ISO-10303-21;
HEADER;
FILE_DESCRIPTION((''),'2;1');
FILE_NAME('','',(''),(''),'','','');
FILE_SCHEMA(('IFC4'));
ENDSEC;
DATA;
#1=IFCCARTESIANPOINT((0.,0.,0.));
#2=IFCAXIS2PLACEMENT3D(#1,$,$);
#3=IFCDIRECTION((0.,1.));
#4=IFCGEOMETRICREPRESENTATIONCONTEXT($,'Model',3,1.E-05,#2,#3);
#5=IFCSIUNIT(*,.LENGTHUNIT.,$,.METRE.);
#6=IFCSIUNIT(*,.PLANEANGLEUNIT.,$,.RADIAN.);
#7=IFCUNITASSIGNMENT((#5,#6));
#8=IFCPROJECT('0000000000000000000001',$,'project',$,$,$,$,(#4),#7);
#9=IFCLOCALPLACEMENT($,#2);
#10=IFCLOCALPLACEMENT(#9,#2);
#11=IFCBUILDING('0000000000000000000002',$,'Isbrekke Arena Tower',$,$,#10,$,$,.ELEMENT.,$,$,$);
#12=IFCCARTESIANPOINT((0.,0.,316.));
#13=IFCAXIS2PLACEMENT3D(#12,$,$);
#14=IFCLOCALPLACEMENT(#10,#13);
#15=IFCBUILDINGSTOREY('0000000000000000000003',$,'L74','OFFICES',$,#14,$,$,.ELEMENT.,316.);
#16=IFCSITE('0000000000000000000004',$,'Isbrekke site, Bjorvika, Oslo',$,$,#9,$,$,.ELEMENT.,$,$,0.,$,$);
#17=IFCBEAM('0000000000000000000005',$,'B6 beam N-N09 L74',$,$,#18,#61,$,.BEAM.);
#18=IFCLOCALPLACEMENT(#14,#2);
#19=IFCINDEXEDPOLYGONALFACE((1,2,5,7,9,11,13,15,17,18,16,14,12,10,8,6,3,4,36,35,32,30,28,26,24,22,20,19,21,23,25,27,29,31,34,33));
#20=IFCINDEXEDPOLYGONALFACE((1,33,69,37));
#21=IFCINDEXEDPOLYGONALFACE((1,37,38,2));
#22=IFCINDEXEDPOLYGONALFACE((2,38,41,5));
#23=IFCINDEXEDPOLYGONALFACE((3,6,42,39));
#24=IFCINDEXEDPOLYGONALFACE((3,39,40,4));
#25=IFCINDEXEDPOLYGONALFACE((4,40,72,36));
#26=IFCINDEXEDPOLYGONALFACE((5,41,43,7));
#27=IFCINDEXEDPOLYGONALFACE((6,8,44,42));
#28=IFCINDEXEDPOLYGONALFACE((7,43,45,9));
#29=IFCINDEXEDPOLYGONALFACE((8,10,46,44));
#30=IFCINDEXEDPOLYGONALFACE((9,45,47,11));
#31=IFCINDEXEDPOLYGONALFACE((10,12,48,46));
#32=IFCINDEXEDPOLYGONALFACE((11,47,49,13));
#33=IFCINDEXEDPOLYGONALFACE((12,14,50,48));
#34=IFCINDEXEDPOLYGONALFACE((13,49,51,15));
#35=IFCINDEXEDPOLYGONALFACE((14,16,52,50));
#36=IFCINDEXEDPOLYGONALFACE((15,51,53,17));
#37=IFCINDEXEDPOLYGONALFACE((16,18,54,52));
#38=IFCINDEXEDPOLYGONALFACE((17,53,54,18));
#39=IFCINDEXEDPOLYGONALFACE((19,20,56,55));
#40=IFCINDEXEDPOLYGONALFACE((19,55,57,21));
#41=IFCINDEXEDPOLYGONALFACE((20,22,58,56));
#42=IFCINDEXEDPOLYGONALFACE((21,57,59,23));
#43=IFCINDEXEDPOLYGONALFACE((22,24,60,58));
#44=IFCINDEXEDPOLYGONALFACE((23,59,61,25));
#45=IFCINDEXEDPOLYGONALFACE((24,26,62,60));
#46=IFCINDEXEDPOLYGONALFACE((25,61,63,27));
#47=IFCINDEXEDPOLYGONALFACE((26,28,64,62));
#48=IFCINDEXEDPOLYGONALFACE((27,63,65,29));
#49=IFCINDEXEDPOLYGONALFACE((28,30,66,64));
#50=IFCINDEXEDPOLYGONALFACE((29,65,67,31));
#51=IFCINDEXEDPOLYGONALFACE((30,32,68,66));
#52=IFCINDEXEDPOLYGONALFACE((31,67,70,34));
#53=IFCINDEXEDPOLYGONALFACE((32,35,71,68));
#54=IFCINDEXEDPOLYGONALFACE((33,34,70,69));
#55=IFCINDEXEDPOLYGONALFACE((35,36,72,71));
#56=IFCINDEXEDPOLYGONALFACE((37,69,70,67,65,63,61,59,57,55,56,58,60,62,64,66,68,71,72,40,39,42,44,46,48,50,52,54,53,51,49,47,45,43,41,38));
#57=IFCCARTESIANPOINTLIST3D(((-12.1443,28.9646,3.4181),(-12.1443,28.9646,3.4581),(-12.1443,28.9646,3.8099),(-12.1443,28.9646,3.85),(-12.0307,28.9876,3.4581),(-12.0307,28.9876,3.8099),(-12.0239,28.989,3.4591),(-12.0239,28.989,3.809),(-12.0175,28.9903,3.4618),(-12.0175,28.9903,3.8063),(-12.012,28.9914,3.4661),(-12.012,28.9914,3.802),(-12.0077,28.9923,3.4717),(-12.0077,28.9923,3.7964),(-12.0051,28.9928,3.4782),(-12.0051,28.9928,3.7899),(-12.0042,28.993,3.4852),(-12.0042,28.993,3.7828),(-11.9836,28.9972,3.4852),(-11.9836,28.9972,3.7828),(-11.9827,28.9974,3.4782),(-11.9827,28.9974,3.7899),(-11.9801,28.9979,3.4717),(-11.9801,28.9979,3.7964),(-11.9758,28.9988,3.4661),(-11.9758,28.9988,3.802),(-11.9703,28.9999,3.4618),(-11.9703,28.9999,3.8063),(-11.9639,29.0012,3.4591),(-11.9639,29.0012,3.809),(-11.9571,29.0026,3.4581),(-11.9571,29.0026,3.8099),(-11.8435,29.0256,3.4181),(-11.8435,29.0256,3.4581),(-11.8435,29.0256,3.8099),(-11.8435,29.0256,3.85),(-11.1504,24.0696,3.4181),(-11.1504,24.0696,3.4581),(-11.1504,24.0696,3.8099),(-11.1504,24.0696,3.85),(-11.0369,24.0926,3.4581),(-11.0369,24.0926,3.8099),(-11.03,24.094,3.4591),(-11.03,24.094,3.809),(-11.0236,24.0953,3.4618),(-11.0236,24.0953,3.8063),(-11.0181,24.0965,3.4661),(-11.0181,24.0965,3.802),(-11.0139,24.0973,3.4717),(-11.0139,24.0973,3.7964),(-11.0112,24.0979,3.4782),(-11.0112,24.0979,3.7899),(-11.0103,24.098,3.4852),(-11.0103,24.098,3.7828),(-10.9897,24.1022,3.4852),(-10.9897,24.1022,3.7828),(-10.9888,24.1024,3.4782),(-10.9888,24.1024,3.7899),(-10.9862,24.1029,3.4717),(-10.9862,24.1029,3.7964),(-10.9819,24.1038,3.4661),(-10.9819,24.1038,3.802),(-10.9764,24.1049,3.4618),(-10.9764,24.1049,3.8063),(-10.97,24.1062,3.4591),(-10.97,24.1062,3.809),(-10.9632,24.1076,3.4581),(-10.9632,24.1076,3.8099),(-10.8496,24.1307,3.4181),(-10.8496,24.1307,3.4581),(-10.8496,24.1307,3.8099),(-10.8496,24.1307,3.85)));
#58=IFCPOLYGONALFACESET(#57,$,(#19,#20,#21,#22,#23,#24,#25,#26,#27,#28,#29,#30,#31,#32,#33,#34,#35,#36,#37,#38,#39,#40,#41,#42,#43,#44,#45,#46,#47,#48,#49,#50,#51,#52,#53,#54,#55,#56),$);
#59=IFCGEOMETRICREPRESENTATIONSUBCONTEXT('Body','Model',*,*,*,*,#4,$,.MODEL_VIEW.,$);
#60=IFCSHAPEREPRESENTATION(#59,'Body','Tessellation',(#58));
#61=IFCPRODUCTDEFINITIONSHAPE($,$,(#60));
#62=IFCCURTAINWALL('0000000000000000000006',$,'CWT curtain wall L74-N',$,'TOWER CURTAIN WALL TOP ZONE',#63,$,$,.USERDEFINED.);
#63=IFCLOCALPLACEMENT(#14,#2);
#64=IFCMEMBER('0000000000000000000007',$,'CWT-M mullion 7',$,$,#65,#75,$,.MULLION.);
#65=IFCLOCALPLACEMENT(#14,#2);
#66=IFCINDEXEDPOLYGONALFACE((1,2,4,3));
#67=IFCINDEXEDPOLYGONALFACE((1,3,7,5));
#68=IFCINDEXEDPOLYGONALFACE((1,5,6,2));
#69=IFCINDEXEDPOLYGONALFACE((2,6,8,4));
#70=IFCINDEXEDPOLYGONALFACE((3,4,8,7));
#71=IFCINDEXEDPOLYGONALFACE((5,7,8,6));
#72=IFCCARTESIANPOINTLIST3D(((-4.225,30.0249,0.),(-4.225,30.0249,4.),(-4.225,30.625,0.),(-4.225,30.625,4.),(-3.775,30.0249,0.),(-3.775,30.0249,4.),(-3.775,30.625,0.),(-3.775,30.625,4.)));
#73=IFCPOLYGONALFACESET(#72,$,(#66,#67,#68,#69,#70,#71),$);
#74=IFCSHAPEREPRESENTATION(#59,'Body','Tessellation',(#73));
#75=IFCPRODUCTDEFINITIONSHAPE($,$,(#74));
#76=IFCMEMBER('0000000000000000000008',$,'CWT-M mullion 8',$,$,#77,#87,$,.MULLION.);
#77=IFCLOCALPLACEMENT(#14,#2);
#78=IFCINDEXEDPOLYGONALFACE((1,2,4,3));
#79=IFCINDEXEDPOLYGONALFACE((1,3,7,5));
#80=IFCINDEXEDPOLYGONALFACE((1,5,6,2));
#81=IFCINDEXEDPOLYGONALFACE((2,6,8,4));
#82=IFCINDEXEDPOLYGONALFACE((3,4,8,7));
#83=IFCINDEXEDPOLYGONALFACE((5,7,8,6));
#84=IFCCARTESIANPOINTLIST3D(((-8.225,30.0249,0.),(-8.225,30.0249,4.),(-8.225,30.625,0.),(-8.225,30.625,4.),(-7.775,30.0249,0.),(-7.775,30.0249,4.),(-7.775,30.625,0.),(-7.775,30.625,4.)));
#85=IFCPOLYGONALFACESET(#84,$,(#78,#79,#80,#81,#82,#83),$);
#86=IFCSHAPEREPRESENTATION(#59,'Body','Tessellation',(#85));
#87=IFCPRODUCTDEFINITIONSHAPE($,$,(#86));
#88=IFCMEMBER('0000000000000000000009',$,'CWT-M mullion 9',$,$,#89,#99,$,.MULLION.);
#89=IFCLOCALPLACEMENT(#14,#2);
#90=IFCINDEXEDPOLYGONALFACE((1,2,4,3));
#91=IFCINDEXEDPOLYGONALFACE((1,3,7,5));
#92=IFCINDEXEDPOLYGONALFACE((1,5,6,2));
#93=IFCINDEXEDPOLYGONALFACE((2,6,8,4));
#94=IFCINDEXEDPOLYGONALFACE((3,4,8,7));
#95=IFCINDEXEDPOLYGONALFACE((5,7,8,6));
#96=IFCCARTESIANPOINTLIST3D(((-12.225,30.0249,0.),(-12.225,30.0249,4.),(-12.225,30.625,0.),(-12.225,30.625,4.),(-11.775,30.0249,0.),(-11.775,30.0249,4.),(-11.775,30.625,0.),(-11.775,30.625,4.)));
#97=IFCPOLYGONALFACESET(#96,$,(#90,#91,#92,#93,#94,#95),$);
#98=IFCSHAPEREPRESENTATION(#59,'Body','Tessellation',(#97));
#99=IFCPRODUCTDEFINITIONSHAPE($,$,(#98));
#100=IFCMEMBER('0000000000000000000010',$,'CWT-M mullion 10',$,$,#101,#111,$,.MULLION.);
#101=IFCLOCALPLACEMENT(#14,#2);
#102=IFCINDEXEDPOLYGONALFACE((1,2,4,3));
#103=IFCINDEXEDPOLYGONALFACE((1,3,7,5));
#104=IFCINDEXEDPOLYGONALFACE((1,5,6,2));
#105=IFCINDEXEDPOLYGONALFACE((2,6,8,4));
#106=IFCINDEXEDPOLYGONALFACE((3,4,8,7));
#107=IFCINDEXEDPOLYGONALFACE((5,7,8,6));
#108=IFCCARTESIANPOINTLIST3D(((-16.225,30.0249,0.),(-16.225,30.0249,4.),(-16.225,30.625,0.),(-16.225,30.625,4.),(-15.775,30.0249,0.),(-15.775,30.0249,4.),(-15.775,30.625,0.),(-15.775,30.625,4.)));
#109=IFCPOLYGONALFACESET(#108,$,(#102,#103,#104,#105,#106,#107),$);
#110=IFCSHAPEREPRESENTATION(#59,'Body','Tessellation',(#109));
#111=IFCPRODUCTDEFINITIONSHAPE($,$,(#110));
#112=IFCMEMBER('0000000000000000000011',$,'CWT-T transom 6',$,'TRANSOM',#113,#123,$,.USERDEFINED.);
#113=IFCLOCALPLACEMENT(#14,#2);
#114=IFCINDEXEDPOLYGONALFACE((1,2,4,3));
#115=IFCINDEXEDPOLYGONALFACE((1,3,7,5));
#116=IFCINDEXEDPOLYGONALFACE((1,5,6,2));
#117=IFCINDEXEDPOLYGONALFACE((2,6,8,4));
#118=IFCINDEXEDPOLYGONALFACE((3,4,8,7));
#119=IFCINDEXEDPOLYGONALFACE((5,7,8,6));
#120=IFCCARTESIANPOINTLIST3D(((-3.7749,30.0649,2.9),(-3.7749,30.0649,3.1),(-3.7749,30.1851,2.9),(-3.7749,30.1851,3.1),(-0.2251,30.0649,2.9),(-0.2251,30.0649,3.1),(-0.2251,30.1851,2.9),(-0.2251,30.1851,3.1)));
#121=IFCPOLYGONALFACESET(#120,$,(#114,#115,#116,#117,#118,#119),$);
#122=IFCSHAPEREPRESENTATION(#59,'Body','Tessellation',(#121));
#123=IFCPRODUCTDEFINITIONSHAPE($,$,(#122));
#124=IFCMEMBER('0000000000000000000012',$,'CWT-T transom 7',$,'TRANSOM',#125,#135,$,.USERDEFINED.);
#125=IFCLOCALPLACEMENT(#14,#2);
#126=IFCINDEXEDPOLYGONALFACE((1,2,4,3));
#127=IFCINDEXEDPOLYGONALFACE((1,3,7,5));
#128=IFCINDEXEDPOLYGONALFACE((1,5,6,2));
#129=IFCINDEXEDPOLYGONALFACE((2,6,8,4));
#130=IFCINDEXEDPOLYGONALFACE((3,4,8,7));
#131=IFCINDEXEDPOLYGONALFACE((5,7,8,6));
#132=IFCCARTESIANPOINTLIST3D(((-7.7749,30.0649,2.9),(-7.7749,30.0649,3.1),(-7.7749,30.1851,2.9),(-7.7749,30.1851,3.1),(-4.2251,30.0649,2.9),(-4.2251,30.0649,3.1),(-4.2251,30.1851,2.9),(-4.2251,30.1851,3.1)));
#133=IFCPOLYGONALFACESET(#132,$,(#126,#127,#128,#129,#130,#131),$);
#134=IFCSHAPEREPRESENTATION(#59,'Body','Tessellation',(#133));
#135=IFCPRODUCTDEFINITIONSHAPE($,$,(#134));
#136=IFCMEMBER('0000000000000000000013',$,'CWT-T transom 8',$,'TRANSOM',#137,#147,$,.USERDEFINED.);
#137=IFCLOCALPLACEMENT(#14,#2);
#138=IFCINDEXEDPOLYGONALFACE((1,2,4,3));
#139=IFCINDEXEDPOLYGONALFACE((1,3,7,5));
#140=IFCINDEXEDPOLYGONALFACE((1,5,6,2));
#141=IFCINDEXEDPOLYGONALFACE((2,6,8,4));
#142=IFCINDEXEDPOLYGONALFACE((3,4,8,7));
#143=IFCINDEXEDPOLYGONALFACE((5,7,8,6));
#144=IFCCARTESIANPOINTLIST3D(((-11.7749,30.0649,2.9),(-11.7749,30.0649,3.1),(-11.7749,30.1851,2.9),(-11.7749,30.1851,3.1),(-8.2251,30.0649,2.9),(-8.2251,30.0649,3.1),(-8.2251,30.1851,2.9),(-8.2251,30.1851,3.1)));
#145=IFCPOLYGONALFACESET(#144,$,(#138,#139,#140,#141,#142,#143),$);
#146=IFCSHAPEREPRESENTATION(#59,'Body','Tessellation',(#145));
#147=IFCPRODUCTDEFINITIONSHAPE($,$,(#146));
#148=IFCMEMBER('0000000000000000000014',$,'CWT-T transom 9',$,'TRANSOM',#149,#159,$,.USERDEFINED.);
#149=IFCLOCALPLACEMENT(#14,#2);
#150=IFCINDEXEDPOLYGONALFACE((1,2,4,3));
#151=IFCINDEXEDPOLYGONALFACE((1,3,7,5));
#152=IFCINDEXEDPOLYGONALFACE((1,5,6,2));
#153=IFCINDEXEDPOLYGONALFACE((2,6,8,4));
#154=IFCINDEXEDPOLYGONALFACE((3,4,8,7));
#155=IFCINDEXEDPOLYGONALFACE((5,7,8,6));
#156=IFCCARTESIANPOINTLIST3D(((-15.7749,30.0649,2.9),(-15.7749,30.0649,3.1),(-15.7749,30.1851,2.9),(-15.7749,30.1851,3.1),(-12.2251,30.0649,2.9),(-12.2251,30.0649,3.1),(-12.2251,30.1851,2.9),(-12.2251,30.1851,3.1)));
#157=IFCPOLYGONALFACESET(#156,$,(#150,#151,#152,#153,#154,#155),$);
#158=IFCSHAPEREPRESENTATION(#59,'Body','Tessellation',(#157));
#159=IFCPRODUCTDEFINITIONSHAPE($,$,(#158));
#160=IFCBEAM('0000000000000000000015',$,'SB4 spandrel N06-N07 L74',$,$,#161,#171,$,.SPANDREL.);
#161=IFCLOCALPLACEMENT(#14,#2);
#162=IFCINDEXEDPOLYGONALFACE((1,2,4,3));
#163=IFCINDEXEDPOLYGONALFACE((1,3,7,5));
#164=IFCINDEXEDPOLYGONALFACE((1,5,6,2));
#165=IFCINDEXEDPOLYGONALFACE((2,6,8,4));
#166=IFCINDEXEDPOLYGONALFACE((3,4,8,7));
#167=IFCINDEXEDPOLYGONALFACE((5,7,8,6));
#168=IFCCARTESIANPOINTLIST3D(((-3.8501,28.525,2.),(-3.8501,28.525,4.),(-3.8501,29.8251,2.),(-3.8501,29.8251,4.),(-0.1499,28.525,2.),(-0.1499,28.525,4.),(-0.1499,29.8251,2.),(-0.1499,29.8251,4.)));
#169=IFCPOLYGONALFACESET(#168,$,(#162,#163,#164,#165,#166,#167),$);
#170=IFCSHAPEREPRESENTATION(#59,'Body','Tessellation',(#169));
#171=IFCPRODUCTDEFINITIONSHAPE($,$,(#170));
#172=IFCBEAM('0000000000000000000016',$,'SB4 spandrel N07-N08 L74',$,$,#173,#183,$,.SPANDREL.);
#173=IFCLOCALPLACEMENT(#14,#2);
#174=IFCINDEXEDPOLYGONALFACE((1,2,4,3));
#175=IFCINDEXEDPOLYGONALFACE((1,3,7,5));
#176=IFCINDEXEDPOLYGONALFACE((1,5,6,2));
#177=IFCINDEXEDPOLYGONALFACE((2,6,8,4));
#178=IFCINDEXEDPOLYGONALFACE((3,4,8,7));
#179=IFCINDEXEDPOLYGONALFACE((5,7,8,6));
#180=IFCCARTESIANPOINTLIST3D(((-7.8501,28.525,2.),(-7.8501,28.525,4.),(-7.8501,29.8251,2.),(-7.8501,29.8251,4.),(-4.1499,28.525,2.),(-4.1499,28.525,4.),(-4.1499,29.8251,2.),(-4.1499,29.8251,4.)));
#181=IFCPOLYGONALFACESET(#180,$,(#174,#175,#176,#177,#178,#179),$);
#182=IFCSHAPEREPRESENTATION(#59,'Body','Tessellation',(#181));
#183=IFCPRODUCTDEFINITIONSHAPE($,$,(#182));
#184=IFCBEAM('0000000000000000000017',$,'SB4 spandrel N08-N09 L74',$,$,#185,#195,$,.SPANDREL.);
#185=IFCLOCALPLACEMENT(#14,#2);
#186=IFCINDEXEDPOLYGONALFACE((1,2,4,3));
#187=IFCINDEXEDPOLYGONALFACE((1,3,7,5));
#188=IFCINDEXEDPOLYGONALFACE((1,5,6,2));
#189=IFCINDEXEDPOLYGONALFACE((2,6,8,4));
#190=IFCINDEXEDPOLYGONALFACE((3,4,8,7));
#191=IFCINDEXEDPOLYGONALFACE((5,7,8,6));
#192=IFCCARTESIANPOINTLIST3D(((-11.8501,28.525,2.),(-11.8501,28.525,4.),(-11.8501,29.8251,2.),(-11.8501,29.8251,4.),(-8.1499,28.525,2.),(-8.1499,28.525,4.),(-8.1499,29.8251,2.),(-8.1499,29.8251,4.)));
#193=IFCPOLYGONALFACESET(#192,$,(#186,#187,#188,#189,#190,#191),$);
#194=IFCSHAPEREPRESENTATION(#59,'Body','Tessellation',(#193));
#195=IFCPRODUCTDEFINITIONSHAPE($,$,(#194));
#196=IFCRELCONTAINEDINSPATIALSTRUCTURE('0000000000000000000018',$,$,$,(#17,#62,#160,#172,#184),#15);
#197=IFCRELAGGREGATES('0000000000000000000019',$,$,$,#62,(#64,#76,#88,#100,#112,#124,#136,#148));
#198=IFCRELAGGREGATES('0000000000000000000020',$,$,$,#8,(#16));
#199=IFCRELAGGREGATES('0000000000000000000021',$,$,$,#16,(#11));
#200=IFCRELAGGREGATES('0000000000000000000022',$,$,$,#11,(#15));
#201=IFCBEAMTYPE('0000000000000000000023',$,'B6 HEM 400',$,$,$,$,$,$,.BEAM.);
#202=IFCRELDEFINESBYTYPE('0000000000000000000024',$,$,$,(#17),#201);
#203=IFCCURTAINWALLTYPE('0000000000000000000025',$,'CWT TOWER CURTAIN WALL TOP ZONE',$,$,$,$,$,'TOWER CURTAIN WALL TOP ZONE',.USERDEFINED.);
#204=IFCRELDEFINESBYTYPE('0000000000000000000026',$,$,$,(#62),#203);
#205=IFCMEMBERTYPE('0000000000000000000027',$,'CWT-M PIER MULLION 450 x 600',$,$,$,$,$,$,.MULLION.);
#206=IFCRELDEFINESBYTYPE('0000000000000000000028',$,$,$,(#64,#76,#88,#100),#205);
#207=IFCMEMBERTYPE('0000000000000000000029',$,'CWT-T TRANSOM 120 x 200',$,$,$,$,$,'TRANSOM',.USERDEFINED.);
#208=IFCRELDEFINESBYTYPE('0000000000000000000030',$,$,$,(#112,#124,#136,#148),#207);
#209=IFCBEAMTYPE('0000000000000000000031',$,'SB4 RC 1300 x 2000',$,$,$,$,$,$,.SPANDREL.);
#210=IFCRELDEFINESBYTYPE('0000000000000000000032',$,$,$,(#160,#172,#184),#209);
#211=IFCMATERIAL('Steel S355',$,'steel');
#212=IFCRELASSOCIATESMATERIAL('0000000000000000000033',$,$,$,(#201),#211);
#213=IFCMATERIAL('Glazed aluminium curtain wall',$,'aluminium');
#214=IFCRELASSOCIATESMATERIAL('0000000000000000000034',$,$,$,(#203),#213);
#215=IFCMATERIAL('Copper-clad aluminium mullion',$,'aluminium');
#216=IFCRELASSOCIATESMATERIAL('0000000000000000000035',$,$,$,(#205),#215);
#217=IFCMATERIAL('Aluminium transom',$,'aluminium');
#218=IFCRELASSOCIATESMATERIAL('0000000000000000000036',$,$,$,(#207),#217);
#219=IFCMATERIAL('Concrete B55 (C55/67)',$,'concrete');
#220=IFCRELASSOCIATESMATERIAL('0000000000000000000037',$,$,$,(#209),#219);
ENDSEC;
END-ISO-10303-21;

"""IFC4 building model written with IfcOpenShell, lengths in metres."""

from ifc_helpers import new_model, si_unit, direction, frame, origin, origin_2d, place, context, subcontext, project, spatial, rectangle, i_section, extrude, material, material_profile, profile_set, type_object, element, aggregate, save


model = new_model("IFC4")

# Units and contexts
model_context = context("Model", 3, precision=1e-05, world=origin(), true_north=direction((0.0, 1.0)))
body_context = subcontext(model_context, "Body", "Model", "MODEL_VIEW")
ifc_project = project(units=[si_unit("LENGTHUNIT", "METRE"), si_unit("PLANEANGLEUNIT", "RADIAN")], contexts=[model_context])

# Site, building, storey
site_placement = place(None, origin())
site = spatial("IfcSite", under=ifc_project, at=site_placement, Name="Isbrekke site, Bjorvika, Oslo", CompositionType="ELEMENT", RefElevation=0.0)
building_placement = place(site_placement, origin())
building = spatial("IfcBuilding", under=site, at=building_placement, Name="Isbrekke Arena Tower", CompositionType="ELEMENT")
storey_placement = place(building_placement, frame((0.0, 0.0, 316.0)))
storey = spatial("IfcBuildingStorey", under=building, at=storey_placement, Name="L74", Description="OFFICES", CompositionType="ELEMENT", Elevation=316.0)

# Beam
ifc_material_1 = material(Name="Steel S355", Category="steel")
ifc_material_profile_1 = material_profile(ifc_material_1, i_section(OverallWidth=0.3069, OverallDepth=0.4319, WebThickness=0.021, FlangeThickness=0.04, FilletRadius=0.0271, at=origin_2d()), Name="HEM 400")
ifc_profile_set_1 = profile_set([ifc_material_profile_1], Name="Steel S355")
beam_type_1 = type_object("IfcBeamType", Name="B6 HEM 400", PredefinedType="BEAM", material=ifc_profile_set_1)
beam_1_placement = place(storey_placement, frame((-11.9939, 28.9951, 3.634), z_axis=(0.198982, -0.980003, 0.0), x_axis=(0.980003, 0.198982, 0.0)))
element("IfcBeam", 1, at=beam_1_placement, inside=storey, type_object=beam_type_1, Name="B6 beam N-N09 L74", PredefinedType="BEAM", context=body_context, shape_type="SweptSolid", body=[
    extrude(i_section(OverallWidth=0.3069, OverallDepth=0.4319, WebThickness=0.021, FlangeThickness=0.04, FilletRadius=0.0271, at=origin_2d()), origin(), (0.0, 0.0, 1.0), 4.9949),
])

# Curtain wall, members
ifc_material_2 = material(Name="Glazed aluminium curtain wall", Category="aluminium")
curtain_wall_type = type_object("IfcCurtainWallType", Name="CWT TOWER CURTAIN WALL TOP ZONE", ElementType="TOWER CURTAIN WALL TOP ZONE", PredefinedType="USERDEFINED", material=ifc_material_2)
curtain_wall_placement = place(storey_placement, origin())
curtain_wall = element("IfcCurtainWall", 2, at=curtain_wall_placement, inside=storey, type_object=curtain_wall_type, Name="CWT curtain wall L74-N", ObjectType="TOWER CURTAIN WALL TOP ZONE", PredefinedType="USERDEFINED")
ifc_material_3 = material(Name="Copper-clad aluminium mullion", Category="aluminium")
ifc_material_profile_2 = material_profile(ifc_material_3, rectangle(XDim=0.45, YDim=0.6001, at=origin_2d()), Name="PIER 450X600")
ifc_profile_set_2 = profile_set([ifc_material_profile_2], Name="Copper-clad aluminium mullion")
member_type_1 = type_object("IfcMemberType", Name="CWT-M PIER MULLION 450 x 600", PredefinedType="MULLION", material=ifc_profile_set_2)
member_1_placement = place(storey_placement, frame((-4.0, 30.325, 0.0), z_axis=(0.0, 0.0, 1.0), x_axis=(-1.0, 0.0, 0.0)))
member_1 = element("IfcMember", 3, at=member_1_placement, type_object=member_type_1, Name="CWT-M mullion 7", PredefinedType="MULLION", context=body_context, shape_type="SweptSolid", body=[
    extrude(rectangle(XDim=0.45, YDim=0.6001, at=origin_2d()), origin(), (0.0, 0.0, 1.0), 4.0),
])
member_2_placement = place(storey_placement, frame((-8.0, 30.325, 0.0), z_axis=(0.0, 0.0, 1.0), x_axis=(-1.0, 0.0, 0.0)))
member_2 = element("IfcMember", 4, at=member_2_placement, type_object=member_type_1, Name="CWT-M mullion 8", PredefinedType="MULLION", context=body_context, shape_type="SweptSolid", body=[
    extrude(rectangle(XDim=0.45, YDim=0.6001, at=origin_2d()), origin(), (0.0, 0.0, 1.0), 4.0),
])
member_3_placement = place(storey_placement, frame((-12.0, 30.325, 0.0), z_axis=(0.0, 0.0, 1.0), x_axis=(-1.0, 0.0, 0.0)))
member_3 = element("IfcMember", 5, at=member_3_placement, type_object=member_type_1, Name="CWT-M mullion 9", PredefinedType="MULLION", context=body_context, shape_type="SweptSolid", body=[
    extrude(rectangle(XDim=0.45, YDim=0.6001, at=origin_2d()), origin(), (0.0, 0.0, 1.0), 4.0),
])
member_4_placement = place(storey_placement, frame((-16.0, 30.325, 0.0), z_axis=(0.0, 0.0, 1.0), x_axis=(-1.0, 0.0, 0.0)))
member_4 = element("IfcMember", 6, at=member_4_placement, type_object=member_type_1, Name="CWT-M mullion 10", PredefinedType="MULLION", context=body_context, shape_type="SweptSolid", body=[
    extrude(rectangle(XDim=0.45, YDim=0.6001, at=origin_2d()), origin(), (0.0, 0.0, 1.0), 4.0),
])
ifc_material_4 = material(Name="Aluminium transom", Category="aluminium")
ifc_material_profile_3 = material_profile(ifc_material_4, rectangle(XDim=0.1201, YDim=0.2, at=origin_2d()), Name="TRANSOM 120X200")
ifc_profile_set_3 = profile_set([ifc_material_profile_3], Name="Aluminium transom")
member_type_2 = type_object("IfcMemberType", Name="CWT-T TRANSOM 120 x 200", ElementType="TRANSOM", PredefinedType="USERDEFINED", material=ifc_profile_set_3)
member_5_placement = place(storey_placement, frame((-0.2251, 30.125, 3.0), z_axis=(-1.0, 0.0, 0.0), x_axis=(0.0, -1.0, 0.0)))
member_5 = element("IfcMember", 7, at=member_5_placement, type_object=member_type_2, Name="CWT-T transom 6", ObjectType="TRANSOM", PredefinedType="USERDEFINED", context=body_context, shape_type="SweptSolid", body=[
    extrude(rectangle(XDim=0.1201, YDim=0.2, at=origin_2d()), origin(), (0.0, 0.0, 1.0), 3.5498),
])
member_6_placement = place(storey_placement, frame((-4.2251, 30.125, 3.0), z_axis=(-1.0, 0.0, 0.0), x_axis=(0.0, -1.0, 0.0)))
member_6 = element("IfcMember", 8, at=member_6_placement, type_object=member_type_2, Name="CWT-T transom 7", ObjectType="TRANSOM", PredefinedType="USERDEFINED", context=body_context, shape_type="SweptSolid", body=[
    extrude(rectangle(XDim=0.1201, YDim=0.2, at=origin_2d()), origin(), (0.0, 0.0, 1.0), 3.5498),
])
member_7_placement = place(storey_placement, frame((-8.2251, 30.125, 3.0), z_axis=(-1.0, 0.0, 0.0), x_axis=(0.0, -1.0, 0.0)))
member_7 = element("IfcMember", 9, at=member_7_placement, type_object=member_type_2, Name="CWT-T transom 8", ObjectType="TRANSOM", PredefinedType="USERDEFINED", context=body_context, shape_type="SweptSolid", body=[
    extrude(rectangle(XDim=0.1201, YDim=0.2, at=origin_2d()), origin(), (0.0, 0.0, 1.0), 3.5498),
])
member_8_placement = place(storey_placement, frame((-12.2251, 30.125, 3.0), z_axis=(-1.0, 0.0, 0.0), x_axis=(0.0, -1.0, 0.0)))
member_8 = element("IfcMember", 10, at=member_8_placement, type_object=member_type_2, Name="CWT-T transom 9", ObjectType="TRANSOM", PredefinedType="USERDEFINED", context=body_context, shape_type="SweptSolid", body=[
    extrude(rectangle(XDim=0.1201, YDim=0.2, at=origin_2d()), origin(), (0.0, 0.0, 1.0), 3.5498),
])

# Beams
ifc_material_5 = material(Name="Concrete B55 (C55/67)", Category="concrete")
ifc_material_profile_4 = material_profile(ifc_material_5, rectangle(XDim=1.3, YDim=2.0, at=origin_2d()), Name="RC 1300x2000")
ifc_profile_set_4 = profile_set([ifc_material_profile_4], Name="Concrete B55 (C55/67)")
beam_type_2 = type_object("IfcBeamType", Name="SB4 RC 1300 x 2000", PredefinedType="SPANDREL", material=ifc_profile_set_4)
for number, where, z_axis, x_axis, name in (
    (11, (-0.1499, 29.175, 3.0), (-1.0, 0.0, 0.0), (0.0, -1.0, 0.0), "SB4 spandrel N06-N07 L74"),
    (12, (-4.1499, 29.175, 3.0), (-1.0, 0.0, 0.0), (0.0, -1.0, 0.0), "SB4 spandrel N07-N08 L74"),
    (13, (-8.1499, 29.175, 3.0), (-1.0, 0.0, 0.0), (0.0, -1.0, 0.0), "SB4 spandrel N08-N09 L74"),
):
    element("IfcBeam", number, at=place(storey_placement, frame(where, z_axis=z_axis, x_axis=x_axis)), inside=storey, type_object=beam_type_2, Name=name, PredefinedType="SPANDREL", context=body_context, shape_type="SweptSolid", body=[
        extrude(rectangle(XDim=1.3, YDim=2.0, at=origin_2d()), origin(), (0.0, 0.0, 1.0), 3.7002),
    ])

aggregate(curtain_wall, [member_1, member_2, member_3, member_4, member_5, member_6, member_7, member_8])

save(model, "model.ifc")
